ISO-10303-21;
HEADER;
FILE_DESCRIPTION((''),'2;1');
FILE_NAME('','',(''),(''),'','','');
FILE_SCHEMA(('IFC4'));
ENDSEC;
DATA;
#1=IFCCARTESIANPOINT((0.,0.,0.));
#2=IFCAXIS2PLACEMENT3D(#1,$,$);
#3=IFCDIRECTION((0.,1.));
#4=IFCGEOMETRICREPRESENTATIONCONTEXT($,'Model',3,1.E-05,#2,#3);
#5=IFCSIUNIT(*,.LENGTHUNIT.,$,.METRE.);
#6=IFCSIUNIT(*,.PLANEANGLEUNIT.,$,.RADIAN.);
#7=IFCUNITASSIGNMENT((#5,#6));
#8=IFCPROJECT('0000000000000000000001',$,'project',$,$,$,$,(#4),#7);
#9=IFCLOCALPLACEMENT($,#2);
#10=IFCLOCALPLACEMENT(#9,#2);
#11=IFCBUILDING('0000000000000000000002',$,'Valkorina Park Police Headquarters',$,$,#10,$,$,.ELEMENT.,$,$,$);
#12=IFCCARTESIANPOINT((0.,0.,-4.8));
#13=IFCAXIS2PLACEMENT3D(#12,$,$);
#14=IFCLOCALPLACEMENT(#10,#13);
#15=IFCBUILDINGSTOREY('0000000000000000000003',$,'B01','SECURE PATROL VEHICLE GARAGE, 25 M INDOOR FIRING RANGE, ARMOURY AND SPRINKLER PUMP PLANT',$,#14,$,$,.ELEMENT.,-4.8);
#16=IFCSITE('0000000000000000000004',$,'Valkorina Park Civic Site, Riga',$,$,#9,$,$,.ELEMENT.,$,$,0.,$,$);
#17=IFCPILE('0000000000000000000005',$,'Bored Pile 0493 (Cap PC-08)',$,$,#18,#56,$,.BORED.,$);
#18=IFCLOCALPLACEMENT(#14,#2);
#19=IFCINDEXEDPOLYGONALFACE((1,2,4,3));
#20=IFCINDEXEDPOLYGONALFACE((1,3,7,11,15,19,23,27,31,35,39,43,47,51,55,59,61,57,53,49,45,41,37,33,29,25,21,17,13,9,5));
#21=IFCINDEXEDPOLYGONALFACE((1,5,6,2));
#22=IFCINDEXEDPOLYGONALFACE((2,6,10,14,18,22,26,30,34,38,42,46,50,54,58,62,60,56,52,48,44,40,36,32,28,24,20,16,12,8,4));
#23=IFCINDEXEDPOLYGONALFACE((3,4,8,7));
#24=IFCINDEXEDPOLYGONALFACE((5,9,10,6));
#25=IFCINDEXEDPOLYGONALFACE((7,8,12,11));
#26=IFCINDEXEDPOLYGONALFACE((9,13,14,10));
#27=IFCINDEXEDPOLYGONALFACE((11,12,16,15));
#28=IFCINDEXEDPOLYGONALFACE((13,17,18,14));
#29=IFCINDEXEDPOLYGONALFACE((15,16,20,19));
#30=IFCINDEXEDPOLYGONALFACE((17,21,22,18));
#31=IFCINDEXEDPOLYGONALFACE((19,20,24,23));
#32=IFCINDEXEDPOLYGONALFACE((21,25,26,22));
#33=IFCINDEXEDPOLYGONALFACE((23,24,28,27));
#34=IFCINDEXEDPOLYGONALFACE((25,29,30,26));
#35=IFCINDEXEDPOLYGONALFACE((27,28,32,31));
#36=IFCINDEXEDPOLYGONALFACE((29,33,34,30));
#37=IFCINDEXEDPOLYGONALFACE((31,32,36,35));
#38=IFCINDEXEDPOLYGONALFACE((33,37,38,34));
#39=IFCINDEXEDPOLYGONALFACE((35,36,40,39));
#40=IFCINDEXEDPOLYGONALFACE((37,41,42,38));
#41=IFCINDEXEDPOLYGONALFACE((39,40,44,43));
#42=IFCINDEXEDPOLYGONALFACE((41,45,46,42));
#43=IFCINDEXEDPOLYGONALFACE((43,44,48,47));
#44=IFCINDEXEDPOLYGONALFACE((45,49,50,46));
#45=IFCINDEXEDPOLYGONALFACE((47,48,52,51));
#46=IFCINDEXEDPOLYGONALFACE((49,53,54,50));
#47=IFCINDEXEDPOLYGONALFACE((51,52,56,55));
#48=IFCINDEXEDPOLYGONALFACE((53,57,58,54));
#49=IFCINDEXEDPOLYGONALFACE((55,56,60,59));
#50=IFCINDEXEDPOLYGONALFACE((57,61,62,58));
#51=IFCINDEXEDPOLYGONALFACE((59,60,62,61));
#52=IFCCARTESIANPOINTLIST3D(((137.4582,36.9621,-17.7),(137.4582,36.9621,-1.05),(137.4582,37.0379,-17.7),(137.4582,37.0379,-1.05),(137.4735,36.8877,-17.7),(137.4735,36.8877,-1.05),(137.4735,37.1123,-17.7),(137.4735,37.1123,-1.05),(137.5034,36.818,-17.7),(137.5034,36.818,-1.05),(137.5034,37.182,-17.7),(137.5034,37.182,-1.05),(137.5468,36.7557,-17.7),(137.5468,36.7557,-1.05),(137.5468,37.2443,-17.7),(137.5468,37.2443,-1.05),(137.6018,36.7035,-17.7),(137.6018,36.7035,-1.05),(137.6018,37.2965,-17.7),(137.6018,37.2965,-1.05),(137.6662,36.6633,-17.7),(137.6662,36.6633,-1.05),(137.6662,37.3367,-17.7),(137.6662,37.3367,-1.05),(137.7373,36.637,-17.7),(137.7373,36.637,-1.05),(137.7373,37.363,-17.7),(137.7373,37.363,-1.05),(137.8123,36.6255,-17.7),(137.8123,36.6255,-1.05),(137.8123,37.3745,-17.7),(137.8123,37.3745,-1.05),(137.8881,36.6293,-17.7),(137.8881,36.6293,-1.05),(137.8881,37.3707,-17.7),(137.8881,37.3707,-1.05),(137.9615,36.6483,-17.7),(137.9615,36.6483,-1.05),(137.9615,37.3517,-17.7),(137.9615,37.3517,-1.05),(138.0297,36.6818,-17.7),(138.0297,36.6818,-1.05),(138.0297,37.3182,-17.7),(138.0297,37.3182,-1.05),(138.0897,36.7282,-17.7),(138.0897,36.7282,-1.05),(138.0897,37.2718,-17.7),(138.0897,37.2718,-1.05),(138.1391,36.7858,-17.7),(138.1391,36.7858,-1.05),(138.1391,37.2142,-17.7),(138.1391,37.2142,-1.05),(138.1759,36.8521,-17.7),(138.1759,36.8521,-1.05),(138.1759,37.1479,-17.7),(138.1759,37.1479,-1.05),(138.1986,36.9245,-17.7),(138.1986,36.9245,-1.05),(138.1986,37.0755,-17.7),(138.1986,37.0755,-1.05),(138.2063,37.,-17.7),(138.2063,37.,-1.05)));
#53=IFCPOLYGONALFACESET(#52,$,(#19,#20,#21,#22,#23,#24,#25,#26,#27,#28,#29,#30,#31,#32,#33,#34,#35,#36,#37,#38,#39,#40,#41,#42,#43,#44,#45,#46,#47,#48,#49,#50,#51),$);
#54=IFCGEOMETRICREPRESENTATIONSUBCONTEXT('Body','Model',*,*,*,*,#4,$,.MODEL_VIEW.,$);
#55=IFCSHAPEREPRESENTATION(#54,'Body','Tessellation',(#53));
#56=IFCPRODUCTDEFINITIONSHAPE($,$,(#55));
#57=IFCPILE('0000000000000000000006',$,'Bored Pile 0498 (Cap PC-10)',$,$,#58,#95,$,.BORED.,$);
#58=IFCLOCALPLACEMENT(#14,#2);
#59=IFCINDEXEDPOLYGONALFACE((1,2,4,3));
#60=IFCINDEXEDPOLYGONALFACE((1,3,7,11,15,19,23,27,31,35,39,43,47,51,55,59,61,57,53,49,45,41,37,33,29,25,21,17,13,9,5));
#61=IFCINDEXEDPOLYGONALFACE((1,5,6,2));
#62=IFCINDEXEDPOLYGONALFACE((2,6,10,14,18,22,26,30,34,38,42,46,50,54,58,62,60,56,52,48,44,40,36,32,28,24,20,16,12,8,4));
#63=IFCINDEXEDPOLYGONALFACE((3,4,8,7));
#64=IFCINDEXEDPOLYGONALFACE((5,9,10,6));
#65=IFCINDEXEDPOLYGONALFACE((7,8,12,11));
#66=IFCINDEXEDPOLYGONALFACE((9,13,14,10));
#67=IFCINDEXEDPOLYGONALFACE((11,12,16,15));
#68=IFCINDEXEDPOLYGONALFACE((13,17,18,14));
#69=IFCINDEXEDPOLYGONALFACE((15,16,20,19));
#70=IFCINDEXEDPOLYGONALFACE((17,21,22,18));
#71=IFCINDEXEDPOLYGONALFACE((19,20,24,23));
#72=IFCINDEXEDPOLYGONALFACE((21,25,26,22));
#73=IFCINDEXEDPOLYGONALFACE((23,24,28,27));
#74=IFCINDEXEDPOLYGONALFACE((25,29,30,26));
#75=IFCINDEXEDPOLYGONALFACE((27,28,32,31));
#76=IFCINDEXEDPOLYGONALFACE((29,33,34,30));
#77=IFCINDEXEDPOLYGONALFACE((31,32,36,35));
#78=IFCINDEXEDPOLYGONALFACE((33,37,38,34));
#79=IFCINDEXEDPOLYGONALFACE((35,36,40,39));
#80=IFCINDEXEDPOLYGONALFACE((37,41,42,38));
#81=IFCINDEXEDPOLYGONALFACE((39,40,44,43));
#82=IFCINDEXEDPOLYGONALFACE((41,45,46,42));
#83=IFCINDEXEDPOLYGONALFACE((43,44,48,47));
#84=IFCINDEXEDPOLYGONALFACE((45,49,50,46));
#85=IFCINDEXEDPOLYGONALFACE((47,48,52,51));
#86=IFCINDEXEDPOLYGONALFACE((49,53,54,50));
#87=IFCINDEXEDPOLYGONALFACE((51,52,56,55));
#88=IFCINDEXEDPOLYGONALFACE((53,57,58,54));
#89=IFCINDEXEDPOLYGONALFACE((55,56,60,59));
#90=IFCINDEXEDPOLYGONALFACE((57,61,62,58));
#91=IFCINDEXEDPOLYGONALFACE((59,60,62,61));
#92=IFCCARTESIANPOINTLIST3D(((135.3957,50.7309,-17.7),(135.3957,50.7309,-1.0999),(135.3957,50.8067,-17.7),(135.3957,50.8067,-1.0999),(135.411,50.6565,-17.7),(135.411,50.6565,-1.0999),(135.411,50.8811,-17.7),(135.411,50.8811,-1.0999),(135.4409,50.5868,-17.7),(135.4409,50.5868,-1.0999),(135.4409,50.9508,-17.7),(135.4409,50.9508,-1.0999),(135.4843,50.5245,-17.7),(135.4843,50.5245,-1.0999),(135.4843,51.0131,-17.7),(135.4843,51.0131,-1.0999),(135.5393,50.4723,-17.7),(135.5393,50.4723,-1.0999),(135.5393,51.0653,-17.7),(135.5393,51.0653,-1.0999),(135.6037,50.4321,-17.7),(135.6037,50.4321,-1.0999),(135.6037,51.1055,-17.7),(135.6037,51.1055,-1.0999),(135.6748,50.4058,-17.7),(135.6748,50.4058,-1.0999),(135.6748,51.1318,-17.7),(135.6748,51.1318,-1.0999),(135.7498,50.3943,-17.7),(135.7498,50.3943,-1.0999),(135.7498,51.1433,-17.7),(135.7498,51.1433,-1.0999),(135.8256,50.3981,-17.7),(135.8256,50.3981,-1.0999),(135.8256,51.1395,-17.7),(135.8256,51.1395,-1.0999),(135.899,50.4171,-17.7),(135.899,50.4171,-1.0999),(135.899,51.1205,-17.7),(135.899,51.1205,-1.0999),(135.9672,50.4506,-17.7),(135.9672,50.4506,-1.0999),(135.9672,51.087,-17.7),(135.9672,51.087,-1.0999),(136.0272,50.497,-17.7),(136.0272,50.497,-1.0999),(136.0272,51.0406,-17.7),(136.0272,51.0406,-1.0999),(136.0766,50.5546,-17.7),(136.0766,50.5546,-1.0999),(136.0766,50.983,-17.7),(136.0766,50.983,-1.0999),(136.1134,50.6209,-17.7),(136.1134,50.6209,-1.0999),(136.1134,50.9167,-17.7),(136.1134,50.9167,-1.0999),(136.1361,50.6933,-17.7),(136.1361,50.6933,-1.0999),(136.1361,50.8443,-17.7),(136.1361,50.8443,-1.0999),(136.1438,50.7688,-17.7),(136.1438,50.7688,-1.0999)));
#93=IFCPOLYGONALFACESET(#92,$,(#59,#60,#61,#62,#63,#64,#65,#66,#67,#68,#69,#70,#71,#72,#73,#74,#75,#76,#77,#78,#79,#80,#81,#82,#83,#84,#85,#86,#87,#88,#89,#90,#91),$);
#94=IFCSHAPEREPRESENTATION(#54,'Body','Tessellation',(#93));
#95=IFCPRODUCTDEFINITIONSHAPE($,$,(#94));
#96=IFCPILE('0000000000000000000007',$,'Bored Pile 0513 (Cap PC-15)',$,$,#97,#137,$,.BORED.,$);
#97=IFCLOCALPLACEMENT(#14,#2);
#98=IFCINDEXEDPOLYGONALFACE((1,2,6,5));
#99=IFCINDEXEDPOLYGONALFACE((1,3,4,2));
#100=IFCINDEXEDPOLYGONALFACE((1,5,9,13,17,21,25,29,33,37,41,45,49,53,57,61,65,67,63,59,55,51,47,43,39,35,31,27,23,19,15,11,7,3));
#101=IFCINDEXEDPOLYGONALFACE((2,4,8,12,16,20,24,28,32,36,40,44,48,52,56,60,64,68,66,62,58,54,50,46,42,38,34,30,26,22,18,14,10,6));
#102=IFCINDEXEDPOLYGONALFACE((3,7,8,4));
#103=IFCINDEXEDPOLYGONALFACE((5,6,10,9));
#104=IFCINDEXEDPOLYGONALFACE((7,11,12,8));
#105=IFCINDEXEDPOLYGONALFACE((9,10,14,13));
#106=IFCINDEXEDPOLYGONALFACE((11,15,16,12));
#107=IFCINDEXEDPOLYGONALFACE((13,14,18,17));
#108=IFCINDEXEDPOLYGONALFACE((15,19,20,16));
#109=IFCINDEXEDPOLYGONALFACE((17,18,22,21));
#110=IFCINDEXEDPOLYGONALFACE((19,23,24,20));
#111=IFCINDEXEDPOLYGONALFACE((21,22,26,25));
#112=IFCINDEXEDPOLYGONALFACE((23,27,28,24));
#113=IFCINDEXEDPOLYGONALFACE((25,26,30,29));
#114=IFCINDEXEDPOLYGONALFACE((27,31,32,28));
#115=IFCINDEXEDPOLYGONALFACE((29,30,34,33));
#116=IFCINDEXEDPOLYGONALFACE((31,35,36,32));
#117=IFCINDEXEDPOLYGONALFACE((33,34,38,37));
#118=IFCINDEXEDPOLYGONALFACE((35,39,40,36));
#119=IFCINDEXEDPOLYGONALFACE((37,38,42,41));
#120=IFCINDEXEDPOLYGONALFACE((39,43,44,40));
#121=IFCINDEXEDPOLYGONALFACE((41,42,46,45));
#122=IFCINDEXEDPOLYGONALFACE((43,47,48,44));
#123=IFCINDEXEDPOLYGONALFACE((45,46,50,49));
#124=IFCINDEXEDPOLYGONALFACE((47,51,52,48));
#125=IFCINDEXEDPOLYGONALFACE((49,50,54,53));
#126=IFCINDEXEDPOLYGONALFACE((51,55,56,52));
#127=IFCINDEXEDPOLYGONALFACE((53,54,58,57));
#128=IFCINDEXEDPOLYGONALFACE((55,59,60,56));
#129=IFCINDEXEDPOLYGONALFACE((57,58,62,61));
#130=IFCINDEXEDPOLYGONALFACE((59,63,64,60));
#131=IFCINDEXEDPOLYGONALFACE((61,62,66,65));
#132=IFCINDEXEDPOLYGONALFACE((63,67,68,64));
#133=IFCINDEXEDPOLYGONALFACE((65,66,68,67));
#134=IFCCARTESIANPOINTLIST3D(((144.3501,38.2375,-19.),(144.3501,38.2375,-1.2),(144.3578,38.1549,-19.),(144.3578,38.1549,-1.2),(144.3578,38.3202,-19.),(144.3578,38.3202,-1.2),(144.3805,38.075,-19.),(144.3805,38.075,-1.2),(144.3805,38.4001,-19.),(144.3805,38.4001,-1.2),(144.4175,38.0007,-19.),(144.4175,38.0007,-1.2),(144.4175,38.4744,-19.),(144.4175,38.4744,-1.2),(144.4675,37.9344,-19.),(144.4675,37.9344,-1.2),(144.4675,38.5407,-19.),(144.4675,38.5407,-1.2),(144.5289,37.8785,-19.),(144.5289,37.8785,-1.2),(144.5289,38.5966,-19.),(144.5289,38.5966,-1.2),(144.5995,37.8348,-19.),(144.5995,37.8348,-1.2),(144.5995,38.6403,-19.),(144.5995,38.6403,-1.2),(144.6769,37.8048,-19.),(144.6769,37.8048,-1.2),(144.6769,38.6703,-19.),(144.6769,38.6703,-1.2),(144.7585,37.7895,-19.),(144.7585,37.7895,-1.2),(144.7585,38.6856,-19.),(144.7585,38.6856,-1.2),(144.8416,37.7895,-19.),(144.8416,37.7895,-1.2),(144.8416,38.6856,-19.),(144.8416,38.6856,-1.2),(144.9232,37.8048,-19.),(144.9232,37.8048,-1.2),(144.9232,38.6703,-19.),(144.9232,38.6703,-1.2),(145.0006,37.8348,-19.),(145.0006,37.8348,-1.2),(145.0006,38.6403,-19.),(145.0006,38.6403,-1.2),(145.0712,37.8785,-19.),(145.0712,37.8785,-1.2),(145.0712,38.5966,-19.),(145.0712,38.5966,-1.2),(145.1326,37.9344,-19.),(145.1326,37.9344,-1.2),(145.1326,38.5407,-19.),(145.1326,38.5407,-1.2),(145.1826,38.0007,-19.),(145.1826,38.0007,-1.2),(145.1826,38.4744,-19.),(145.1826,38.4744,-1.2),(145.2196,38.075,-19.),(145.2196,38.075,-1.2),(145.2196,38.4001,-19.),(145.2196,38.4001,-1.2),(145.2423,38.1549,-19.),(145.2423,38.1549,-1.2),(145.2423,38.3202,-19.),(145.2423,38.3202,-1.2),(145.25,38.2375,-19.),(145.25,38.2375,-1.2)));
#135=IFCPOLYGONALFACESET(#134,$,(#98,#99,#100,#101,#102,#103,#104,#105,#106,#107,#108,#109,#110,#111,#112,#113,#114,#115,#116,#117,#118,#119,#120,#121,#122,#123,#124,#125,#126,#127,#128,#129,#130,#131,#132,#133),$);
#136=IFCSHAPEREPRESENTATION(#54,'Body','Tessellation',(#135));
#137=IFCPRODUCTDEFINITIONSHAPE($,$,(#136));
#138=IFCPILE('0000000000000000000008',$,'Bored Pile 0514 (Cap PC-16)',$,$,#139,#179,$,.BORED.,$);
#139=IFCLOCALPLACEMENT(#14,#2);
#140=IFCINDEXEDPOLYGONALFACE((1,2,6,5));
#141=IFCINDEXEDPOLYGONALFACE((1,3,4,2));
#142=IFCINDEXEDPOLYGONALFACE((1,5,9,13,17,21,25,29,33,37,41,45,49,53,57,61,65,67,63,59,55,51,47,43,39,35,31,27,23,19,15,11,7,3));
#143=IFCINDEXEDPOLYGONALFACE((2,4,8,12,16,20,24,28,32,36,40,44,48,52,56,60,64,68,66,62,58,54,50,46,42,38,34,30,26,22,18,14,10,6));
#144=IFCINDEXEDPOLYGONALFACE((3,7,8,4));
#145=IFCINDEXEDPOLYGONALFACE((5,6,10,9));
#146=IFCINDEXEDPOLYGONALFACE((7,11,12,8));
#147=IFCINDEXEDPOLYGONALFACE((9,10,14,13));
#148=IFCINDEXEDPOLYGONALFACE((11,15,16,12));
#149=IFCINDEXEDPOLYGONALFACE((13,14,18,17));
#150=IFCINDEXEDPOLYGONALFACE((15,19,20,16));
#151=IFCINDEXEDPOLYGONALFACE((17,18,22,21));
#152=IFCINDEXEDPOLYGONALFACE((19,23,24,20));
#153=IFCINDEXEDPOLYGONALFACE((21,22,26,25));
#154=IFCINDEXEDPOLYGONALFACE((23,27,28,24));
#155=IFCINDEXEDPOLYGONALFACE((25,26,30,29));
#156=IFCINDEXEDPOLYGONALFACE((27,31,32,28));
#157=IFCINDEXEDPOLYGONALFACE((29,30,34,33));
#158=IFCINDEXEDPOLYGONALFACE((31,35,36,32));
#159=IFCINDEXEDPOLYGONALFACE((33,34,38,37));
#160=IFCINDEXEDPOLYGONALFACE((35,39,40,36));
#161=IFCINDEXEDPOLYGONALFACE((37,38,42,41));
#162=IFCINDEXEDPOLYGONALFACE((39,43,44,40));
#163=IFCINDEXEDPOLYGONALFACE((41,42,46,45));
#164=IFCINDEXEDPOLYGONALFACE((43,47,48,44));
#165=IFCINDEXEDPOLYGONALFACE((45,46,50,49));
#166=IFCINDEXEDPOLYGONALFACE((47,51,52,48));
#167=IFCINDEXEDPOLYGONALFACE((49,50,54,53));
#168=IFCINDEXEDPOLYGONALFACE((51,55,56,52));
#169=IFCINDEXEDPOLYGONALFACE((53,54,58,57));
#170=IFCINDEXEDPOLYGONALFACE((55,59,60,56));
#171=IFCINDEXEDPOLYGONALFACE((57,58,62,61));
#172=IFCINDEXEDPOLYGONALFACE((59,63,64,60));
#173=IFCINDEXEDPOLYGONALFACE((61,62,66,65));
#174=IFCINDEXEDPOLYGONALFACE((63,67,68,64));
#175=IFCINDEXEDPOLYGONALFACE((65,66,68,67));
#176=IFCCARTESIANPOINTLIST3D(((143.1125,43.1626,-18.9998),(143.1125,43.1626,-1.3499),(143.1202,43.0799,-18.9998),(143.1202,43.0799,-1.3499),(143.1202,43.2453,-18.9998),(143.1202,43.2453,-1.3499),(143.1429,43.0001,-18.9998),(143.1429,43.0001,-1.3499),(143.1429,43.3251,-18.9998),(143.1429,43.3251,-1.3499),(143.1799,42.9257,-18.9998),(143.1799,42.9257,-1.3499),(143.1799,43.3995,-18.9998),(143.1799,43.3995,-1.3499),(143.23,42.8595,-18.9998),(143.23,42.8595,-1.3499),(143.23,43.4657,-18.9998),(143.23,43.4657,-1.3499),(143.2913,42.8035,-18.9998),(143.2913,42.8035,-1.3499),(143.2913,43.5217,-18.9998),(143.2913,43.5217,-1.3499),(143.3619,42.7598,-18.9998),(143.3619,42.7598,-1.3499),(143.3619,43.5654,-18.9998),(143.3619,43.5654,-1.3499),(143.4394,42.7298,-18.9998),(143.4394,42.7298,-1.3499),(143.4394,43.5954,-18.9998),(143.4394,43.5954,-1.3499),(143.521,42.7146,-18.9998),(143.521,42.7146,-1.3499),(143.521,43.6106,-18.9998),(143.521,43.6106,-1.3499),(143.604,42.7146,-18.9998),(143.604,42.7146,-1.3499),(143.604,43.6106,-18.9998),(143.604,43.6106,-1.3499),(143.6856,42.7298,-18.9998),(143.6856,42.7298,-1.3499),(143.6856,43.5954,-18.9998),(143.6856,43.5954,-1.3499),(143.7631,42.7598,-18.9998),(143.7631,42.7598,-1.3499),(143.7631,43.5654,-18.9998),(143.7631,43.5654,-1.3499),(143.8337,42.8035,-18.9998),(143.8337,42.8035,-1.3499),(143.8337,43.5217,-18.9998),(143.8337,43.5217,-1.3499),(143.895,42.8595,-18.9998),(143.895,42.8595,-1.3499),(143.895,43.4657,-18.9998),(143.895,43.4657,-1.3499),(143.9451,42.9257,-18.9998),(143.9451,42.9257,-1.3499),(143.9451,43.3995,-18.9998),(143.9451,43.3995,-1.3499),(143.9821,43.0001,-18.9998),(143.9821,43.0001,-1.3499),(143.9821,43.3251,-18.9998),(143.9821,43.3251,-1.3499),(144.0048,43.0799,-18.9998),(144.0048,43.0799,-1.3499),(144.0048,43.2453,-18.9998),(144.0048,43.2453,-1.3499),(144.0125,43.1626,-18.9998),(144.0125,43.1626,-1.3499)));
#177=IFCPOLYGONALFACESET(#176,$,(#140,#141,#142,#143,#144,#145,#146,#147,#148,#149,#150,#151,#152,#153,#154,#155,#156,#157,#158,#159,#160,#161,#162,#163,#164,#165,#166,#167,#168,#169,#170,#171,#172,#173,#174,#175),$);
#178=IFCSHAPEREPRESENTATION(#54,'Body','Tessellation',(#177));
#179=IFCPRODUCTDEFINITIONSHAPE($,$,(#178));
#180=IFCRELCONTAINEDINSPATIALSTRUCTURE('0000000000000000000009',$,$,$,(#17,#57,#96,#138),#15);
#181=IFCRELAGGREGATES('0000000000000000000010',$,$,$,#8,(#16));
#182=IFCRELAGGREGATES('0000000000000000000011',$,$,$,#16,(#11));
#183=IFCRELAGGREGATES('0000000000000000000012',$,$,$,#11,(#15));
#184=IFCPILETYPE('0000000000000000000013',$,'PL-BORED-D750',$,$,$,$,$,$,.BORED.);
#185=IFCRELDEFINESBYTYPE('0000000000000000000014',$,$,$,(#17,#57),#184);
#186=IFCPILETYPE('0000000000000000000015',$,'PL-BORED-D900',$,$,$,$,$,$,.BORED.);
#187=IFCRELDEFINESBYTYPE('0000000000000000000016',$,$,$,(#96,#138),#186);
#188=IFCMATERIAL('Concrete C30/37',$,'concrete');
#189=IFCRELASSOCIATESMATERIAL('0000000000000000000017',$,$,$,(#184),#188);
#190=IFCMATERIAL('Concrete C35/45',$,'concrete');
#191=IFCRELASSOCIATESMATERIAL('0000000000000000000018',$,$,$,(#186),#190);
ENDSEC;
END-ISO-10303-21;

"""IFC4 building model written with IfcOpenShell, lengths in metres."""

from ifc_helpers import new_model, si_unit, direction, frame, origin, origin_2d, place, context, subcontext, project, spatial, circle, extrude, material, material_profile, profile_set, type_object, element, save


model = new_model("IFC4")

# Units and contexts
model_context = context("Model", 3, precision=1e-05, world=origin(), true_north=direction((0.0, 1.0)))
body_context = subcontext(model_context, "Body", "Model", "MODEL_VIEW")
ifc_project = project(units=[si_unit("LENGTHUNIT", "METRE"), si_unit("PLANEANGLEUNIT", "RADIAN")], contexts=[model_context])

# Site, building, storey
site_placement = place(None, origin())
site = spatial("IfcSite", under=ifc_project, at=site_placement, Name="Valkorina Park Civic Site, Riga", CompositionType="ELEMENT", RefElevation=0.0)
building_placement = place(site_placement, origin())
building = spatial("IfcBuilding", under=site, at=building_placement, Name="Valkorina Park Police Headquarters", CompositionType="ELEMENT")
storey_placement = place(building_placement, frame((0.0, 0.0, -4.8)))
storey = spatial("IfcBuildingStorey", under=building, at=storey_placement, Name="B01", Description="SECURE PATROL VEHICLE GARAGE, 25 M INDOOR FIRING RANGE, ARMOURY AND SPRINKLER PUMP PLANT", CompositionType="ELEMENT", Elevation=-4.8)

# Piles
ifc_material_1 = material(Name="Concrete C30/37", Category="concrete")
ifc_material_profile_1 = material_profile(ifc_material_1, circle(Radius=0.375, at=origin_2d()), Name="BORED PILE D750")
ifc_profile_set_1 = profile_set([ifc_material_profile_1], Name="Concrete C30/37")
pile_type_1 = type_object("IfcPileType", Name="PL-BORED-D750", PredefinedType="BORED", material=ifc_profile_set_1)
pile_1_placement = place(storey_placement, frame((137.8313, 37.0, -1.05), z_axis=(0.0, 0.0, -1.0), x_axis=(1.0, 0.0, 0.0)))
element("IfcPile", 1, at=pile_1_placement, inside=storey, type_object=pile_type_1, Name="Bored Pile 0493 (Cap PC-08)", PredefinedType="BORED", context=body_context, shape_type="SweptSolid", body=[
    extrude(circle(Radius=0.375, at=origin_2d()), origin(), (0.0, 0.0, 1.0), 16.6499),
])
pile_2_placement = place(storey_placement, frame((135.7688, 50.7688, -1.0999), z_axis=(0.0, 0.0, -1.0), x_axis=(1.0, 0.0, 0.0)))
element("IfcPile", 2, at=pile_2_placement, inside=storey, type_object=pile_type_1, Name="Bored Pile 0498 (Cap PC-10)", PredefinedType="BORED", context=body_context, shape_type="SweptSolid", body=[
    extrude(circle(Radius=0.375, at=origin_2d()), origin(), (0.0, 0.0, 1.0), 16.6001),
])
ifc_material_2 = material(Name="Concrete C35/45", Category="concrete")
ifc_material_profile_2 = material_profile(ifc_material_2, circle(Radius=0.45, at=origin_2d()), Name="BORED PILE D900")
ifc_profile_set_2 = profile_set([ifc_material_profile_2], Name="Concrete C35/45")
pile_type_2 = type_object("IfcPileType", Name="PL-BORED-D900", PredefinedType="BORED", material=ifc_profile_set_2)
pile_3_placement = place(storey_placement, frame((144.8, 38.2375, -1.2), z_axis=(0.0, 0.0, -1.0), x_axis=(1.0, 0.0, 0.0)))
element("IfcPile", 3, at=pile_3_placement, inside=storey, type_object=pile_type_2, Name="Bored Pile 0513 (Cap PC-15)", PredefinedType="BORED", context=body_context, shape_type="SweptSolid", body=[
    extrude(circle(Radius=0.45, at=origin_2d()), origin(), (0.0, 0.0, 1.0), 17.8),
])
for number, where, z_axis, x_axis, name in (
    (4, (143.5625, 43.1626, -1.3499), (0.0, 0.0, -1.0), (1.0, 0.0, 0.0), "Bored Pile 0514 (Cap PC-16)"),
):
    element("IfcPile", number, at=place(storey_placement, frame(where, z_axis=z_axis, x_axis=x_axis)), inside=storey, type_object=pile_type_2, Name=name, PredefinedType="BORED", context=body_context, shape_type="SweptSolid", body=[
        extrude(circle(Radius=0.45, at=origin_2d()), origin(), (0.0, 0.0, 1.0), 17.6499),
    ])

save(model, "model.ifc")
